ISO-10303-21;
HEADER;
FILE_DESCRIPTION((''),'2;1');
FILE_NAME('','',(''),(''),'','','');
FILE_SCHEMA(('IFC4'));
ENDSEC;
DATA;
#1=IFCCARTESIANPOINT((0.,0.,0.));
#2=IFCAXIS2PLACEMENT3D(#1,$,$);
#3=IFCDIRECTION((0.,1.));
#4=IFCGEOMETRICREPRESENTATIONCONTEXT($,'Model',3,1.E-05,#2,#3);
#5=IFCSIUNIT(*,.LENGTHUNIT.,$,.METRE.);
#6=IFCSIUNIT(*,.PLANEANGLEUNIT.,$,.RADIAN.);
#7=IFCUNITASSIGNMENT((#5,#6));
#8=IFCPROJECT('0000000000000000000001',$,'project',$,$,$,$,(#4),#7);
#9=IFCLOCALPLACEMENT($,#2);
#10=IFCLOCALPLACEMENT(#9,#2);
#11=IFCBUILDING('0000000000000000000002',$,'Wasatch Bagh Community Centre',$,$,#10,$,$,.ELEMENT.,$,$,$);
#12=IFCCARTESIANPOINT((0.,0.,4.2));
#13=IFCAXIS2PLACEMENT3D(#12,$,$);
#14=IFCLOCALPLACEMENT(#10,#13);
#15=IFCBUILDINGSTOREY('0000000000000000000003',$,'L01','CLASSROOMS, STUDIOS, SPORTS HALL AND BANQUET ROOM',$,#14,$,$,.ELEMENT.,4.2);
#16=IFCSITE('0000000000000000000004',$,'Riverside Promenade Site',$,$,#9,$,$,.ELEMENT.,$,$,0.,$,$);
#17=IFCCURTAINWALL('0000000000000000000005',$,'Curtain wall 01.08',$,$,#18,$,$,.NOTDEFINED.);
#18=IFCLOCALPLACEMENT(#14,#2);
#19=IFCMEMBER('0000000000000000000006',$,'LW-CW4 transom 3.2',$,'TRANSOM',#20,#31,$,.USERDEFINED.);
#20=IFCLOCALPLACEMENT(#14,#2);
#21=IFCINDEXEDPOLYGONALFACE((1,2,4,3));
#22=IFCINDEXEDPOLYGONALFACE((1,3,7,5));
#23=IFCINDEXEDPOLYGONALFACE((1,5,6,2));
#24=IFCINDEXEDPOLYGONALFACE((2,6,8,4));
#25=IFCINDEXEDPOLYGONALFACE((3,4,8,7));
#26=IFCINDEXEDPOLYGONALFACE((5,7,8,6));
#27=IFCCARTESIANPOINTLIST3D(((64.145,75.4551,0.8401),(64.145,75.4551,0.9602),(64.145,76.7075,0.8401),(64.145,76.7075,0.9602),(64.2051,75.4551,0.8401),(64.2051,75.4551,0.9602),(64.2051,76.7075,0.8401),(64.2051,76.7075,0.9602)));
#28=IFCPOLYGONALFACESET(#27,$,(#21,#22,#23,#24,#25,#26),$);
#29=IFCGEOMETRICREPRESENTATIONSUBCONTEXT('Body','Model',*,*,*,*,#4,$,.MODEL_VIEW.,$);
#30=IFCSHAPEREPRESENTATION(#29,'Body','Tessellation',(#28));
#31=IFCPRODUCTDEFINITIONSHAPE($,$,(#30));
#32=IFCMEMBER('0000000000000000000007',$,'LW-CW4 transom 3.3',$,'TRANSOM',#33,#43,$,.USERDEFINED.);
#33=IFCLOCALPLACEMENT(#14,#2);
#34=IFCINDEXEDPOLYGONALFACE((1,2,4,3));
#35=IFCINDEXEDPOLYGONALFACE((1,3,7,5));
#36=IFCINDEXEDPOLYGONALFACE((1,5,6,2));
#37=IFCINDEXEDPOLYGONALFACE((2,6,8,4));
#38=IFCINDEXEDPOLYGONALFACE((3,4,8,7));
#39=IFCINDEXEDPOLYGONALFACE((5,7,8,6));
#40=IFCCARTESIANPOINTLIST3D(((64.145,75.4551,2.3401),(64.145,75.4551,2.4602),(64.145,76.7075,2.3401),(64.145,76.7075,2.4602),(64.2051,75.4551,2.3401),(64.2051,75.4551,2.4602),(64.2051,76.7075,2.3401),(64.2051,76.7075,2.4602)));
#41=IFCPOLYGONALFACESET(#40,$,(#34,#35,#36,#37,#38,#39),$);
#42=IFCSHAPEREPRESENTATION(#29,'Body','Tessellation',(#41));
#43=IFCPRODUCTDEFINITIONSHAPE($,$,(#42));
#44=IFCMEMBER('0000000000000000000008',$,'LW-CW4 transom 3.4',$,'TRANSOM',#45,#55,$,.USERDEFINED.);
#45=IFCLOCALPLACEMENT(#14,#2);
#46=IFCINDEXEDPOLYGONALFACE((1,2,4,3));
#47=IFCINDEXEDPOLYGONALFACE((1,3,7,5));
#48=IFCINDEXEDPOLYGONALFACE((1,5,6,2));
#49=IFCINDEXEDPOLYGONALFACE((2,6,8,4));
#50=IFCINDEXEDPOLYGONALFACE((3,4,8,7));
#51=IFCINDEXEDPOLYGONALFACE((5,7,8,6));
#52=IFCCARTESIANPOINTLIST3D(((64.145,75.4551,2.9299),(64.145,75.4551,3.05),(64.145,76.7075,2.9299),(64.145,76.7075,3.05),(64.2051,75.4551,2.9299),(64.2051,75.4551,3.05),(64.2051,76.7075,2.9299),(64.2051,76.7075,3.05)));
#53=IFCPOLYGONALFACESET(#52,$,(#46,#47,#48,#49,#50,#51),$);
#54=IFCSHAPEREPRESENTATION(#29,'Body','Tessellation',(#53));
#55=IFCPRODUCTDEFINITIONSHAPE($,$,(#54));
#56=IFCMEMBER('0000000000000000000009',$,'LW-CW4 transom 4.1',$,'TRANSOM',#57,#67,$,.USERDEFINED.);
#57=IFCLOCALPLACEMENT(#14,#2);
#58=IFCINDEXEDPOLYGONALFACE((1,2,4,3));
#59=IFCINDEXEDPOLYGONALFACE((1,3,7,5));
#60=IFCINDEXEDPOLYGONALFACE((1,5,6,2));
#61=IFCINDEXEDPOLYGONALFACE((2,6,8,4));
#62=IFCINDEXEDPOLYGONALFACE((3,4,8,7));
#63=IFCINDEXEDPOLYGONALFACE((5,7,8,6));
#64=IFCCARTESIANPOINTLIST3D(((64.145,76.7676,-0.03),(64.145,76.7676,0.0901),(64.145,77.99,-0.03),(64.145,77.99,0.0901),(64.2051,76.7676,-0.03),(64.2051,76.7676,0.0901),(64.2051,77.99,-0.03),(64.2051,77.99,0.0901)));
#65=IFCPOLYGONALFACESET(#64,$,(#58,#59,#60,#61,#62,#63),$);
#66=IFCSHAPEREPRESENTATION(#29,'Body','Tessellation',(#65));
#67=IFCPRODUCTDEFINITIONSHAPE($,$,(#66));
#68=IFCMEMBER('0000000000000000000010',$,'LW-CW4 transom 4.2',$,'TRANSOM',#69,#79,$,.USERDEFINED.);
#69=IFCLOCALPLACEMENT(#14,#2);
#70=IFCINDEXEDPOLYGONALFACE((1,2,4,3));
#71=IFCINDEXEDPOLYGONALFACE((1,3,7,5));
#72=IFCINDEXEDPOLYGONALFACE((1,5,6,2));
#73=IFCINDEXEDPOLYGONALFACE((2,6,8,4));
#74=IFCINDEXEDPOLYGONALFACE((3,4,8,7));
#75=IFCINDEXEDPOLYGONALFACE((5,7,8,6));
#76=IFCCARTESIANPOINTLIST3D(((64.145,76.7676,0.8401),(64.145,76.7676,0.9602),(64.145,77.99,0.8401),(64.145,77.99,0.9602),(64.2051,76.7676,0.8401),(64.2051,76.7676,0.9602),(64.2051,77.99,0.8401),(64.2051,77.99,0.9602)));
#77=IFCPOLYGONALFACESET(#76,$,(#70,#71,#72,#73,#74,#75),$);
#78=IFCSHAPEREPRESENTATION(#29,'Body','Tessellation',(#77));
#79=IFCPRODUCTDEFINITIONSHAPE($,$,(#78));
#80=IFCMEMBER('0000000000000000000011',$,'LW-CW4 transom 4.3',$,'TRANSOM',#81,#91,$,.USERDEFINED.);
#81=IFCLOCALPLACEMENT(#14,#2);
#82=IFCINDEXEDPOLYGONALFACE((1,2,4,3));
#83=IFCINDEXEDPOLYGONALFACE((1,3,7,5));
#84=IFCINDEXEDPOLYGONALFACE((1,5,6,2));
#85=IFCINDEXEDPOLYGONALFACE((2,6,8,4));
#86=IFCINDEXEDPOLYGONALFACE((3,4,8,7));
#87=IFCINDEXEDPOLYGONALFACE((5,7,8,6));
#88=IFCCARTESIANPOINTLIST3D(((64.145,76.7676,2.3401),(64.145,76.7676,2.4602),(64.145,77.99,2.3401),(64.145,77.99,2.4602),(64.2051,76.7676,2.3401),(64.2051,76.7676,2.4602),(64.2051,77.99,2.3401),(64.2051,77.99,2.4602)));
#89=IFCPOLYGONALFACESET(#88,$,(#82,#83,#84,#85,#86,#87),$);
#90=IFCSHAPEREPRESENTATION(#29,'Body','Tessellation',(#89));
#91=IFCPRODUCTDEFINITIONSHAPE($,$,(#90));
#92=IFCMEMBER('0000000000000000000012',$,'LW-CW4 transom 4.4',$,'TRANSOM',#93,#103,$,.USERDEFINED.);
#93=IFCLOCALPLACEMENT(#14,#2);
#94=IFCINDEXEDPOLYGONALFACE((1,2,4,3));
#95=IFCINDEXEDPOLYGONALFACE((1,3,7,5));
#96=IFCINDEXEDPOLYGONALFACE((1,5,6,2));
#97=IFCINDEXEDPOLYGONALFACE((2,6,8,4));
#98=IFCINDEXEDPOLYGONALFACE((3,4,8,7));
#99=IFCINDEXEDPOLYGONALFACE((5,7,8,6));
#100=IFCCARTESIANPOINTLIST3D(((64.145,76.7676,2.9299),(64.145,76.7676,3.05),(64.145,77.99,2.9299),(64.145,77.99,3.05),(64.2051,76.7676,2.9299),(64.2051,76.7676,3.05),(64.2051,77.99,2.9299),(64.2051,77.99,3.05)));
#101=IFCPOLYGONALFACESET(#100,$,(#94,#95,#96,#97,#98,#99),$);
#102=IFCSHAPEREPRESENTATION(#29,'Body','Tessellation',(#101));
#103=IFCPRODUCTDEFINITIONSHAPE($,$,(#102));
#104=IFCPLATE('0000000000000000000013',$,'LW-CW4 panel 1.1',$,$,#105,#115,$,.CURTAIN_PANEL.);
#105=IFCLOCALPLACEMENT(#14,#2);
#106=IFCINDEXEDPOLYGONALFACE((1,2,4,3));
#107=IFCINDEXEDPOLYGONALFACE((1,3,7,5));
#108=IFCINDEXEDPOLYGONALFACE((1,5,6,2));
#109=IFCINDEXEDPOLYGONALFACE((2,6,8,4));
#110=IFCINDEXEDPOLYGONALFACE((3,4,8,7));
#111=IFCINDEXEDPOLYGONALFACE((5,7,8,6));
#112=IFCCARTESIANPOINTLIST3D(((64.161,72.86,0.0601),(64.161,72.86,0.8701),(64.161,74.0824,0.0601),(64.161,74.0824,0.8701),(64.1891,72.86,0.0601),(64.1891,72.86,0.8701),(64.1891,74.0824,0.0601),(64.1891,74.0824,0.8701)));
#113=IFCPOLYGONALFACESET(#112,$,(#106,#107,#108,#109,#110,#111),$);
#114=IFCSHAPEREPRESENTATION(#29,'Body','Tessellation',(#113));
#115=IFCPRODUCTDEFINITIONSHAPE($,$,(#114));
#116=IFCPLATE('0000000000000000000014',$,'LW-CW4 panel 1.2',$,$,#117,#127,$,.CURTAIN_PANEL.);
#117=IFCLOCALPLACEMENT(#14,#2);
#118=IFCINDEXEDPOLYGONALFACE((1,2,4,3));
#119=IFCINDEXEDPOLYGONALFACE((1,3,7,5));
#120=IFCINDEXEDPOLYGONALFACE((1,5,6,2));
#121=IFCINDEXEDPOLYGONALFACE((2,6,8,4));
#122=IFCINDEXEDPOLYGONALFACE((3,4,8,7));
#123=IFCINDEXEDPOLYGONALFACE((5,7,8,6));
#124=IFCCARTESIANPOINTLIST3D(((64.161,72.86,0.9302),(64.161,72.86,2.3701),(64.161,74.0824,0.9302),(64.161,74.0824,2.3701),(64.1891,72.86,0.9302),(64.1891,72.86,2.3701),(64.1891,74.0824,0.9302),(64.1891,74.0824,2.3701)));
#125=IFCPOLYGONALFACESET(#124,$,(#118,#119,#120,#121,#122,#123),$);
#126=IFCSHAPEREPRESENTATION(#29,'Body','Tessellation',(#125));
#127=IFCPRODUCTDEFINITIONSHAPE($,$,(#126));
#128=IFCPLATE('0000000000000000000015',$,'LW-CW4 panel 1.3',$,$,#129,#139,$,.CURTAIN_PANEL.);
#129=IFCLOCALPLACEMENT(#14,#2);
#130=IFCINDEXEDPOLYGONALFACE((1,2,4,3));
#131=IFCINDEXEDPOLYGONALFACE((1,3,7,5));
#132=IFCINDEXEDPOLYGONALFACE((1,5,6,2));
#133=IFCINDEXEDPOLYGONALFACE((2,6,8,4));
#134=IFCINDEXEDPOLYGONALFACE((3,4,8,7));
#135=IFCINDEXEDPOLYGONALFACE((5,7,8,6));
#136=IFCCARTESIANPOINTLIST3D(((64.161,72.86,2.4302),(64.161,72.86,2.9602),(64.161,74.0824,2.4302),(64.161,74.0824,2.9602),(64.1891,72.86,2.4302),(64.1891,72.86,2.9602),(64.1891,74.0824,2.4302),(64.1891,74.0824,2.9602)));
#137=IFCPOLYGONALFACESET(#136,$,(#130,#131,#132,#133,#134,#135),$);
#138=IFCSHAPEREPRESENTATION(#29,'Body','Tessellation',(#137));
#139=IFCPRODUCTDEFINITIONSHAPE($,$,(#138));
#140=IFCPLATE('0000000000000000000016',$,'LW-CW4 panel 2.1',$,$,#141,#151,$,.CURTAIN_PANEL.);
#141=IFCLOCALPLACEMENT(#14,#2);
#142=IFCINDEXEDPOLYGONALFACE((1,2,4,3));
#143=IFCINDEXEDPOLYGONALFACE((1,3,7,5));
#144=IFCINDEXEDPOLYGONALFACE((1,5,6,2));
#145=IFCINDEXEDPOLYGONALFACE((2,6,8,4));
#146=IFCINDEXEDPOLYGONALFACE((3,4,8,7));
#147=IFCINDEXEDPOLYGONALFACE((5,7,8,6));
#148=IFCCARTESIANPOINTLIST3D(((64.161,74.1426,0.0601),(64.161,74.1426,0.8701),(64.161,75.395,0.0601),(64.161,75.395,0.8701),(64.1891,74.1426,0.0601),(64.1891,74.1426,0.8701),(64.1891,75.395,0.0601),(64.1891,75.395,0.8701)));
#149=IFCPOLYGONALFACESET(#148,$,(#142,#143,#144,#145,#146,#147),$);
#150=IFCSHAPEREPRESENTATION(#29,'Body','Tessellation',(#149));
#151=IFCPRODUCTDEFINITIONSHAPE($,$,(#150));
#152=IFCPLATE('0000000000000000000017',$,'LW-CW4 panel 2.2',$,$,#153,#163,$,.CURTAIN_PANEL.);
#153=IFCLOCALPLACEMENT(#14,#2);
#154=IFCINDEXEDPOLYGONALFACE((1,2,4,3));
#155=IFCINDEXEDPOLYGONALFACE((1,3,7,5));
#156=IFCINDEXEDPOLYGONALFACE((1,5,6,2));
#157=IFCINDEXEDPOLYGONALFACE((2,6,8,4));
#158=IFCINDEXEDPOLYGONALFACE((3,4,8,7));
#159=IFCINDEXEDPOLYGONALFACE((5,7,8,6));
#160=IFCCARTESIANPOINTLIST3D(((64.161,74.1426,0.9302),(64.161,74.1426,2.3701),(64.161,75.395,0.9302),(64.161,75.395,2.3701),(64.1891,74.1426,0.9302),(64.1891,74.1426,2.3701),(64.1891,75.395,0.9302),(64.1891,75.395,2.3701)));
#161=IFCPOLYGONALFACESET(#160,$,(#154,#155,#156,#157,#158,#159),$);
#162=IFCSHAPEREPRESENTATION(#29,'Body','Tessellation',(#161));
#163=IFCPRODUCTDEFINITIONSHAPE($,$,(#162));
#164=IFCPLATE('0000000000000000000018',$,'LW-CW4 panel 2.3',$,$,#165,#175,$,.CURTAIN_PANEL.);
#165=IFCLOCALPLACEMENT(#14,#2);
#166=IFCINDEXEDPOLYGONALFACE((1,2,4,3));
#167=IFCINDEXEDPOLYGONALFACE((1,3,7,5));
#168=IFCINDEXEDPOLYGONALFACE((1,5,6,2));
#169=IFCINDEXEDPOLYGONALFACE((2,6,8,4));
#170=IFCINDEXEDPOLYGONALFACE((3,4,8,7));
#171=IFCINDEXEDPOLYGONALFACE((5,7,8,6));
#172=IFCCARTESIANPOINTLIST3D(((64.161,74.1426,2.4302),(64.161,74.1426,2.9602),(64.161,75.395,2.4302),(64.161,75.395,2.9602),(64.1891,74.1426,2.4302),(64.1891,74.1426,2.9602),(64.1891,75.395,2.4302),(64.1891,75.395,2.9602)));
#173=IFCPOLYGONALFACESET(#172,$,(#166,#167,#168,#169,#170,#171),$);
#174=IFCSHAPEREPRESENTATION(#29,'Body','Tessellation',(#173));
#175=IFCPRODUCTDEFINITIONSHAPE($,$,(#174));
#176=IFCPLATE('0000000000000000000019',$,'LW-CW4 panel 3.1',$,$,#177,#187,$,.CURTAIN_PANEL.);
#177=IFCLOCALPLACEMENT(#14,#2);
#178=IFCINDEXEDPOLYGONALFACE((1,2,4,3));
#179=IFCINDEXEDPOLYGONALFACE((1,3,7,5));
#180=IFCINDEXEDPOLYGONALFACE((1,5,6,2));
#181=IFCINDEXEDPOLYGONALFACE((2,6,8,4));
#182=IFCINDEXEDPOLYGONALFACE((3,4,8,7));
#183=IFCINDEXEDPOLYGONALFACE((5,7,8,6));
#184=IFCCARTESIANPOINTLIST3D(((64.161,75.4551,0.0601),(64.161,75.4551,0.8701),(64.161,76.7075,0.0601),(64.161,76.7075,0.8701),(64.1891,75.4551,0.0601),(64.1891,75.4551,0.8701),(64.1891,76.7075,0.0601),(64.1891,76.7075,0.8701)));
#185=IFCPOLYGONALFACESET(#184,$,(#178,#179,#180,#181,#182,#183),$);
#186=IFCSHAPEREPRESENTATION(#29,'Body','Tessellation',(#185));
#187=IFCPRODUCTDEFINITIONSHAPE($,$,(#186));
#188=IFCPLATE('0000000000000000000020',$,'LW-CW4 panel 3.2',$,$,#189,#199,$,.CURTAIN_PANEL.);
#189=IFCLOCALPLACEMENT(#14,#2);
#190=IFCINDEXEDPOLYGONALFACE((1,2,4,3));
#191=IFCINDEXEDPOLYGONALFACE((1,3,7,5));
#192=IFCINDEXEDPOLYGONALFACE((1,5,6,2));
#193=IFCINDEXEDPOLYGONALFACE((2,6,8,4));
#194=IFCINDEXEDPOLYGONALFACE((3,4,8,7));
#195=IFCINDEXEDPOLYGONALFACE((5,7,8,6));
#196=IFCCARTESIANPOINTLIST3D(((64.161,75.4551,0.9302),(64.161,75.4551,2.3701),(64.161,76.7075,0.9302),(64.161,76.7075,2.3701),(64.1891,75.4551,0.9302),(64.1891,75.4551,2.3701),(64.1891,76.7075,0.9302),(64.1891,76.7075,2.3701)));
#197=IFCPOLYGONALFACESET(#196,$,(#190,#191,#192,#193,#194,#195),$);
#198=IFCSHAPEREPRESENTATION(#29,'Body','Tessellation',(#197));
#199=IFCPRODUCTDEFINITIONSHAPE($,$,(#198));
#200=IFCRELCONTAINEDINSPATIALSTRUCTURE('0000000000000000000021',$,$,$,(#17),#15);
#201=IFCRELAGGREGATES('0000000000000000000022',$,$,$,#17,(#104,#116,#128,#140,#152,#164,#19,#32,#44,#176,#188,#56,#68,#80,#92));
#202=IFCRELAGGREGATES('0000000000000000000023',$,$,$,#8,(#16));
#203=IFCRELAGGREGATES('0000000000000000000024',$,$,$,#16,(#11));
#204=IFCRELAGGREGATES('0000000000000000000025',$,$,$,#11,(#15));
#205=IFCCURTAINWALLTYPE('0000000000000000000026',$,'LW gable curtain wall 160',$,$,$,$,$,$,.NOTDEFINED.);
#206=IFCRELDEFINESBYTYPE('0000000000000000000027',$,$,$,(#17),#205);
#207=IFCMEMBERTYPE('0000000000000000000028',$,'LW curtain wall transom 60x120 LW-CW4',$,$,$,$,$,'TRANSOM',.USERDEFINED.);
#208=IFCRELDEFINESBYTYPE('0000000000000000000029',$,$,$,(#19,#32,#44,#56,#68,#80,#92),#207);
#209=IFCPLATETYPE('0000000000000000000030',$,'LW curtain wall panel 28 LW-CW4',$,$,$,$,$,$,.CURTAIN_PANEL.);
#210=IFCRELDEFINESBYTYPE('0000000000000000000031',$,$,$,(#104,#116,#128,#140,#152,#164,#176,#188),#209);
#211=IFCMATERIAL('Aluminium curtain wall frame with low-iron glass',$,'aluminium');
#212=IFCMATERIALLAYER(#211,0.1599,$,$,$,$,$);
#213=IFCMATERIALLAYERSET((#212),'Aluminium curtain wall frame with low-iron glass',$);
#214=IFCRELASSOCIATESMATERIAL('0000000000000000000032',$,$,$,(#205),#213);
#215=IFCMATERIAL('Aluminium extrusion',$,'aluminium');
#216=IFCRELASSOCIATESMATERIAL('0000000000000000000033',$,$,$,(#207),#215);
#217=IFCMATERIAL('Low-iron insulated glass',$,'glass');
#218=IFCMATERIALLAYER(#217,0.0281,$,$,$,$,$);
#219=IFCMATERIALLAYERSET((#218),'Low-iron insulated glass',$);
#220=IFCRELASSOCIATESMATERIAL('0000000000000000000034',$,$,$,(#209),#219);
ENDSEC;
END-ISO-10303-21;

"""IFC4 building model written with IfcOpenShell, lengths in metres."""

from ifc_helpers import new_model, si_unit, direction, frame, origin, origin_2d, place, context, subcontext, project, spatial, rectangle, extrude, material, layer, layer_set, material_profile, profile_set, type_object, element, aggregate, save


model = new_model("IFC4")

# Units and contexts
model_context = context("Model", 3, precision=1e-05, world=origin(), true_north=direction((0.0, 1.0)))
body_context = subcontext(model_context, "Body", "Model", "MODEL_VIEW")
ifc_project = project(units=[si_unit("LENGTHUNIT", "METRE"), si_unit("PLANEANGLEUNIT", "RADIAN")], contexts=[model_context])

# Site, building, storey
site_placement = place(None, origin())
site = spatial("IfcSite", under=ifc_project, at=site_placement, Name="Riverside Promenade Site", CompositionType="ELEMENT", RefElevation=0.0)
building_placement = place(site_placement, origin())
building = spatial("IfcBuilding", under=site, at=building_placement, Name="Wasatch Bagh Community Centre", CompositionType="ELEMENT")
storey_placement = place(building_placement, frame((0.0, 0.0, 4.2)))
storey = spatial("IfcBuildingStorey", under=building, at=storey_placement, Name="L01", Description="CLASSROOMS, STUDIOS, SPORTS HALL AND BANQUET ROOM", CompositionType="ELEMENT", Elevation=4.2)

# Curtain wall, members, plates
ifc_material_1 = material(Name="Aluminium curtain wall frame with low-iron glass", Category="aluminium")
ifc_layer_1 = layer(ifc_material_1, 0.1599)
ifc_layer_set_1 = layer_set([ifc_layer_1], Name="Aluminium curtain wall frame with low-iron glass")
curtain_wall_type = type_object("IfcCurtainWallType", Name="LW gable curtain wall 160", PredefinedType="NOTDEFINED", material=ifc_layer_set_1)
curtain_wall_placement = place(storey_placement, origin())
curtain_wall = element("IfcCurtainWall", 1, at=curtain_wall_placement, inside=storey, type_object=curtain_wall_type, Name="Curtain wall 01.08", PredefinedType="NOTDEFINED")
ifc_material_2 = material(Name="Aluminium extrusion", Category="aluminium")
ifc_material_profile_1 = material_profile(ifc_material_2, rectangle(XDim=0.0601, YDim=0.1201, at=origin_2d()), Name="AL 60x120")
ifc_profile_set_1 = profile_set([ifc_material_profile_1], Name="Aluminium extrusion")
member_type_1 = type_object("IfcMemberType", Name="LW curtain wall transom 60x120 LW-CW4", ElementType="TRANSOM", PredefinedType="USERDEFINED", material=ifc_profile_set_1)
member_1_placement = place(storey_placement, frame((64.175, 75.4551, 0.9001), z_axis=(0.0, 1.0, 0.0), x_axis=(-1.0, 0.0, 0.0)))
member_1 = element("IfcMember", 2, at=member_1_placement, type_object=member_type_1, Name="LW-CW4 transom 3.2", ObjectType="TRANSOM", PredefinedType="USERDEFINED", context=body_context, shape_type="SweptSolid", body=[
    extrude(rectangle(XDim=0.0601, YDim=0.1201, at=origin_2d()), origin(), (0.0, 0.0, 1.0), 1.2524),
])
member_2_placement = place(storey_placement, frame((64.175, 75.4551, 2.4001), z_axis=(0.0, 1.0, 0.0), x_axis=(-1.0, 0.0, 0.0)))
member_2 = element("IfcMember", 3, at=member_2_placement, type_object=member_type_1, Name="LW-CW4 transom 3.3", ObjectType="TRANSOM", PredefinedType="USERDEFINED", context=body_context, shape_type="SweptSolid", body=[
    extrude(rectangle(XDim=0.0601, YDim=0.1201, at=origin_2d()), origin(), (0.0, 0.0, 1.0), 1.2524),
])
member_3_placement = place(storey_placement, frame((64.175, 75.4551, 2.99), z_axis=(0.0, 1.0, 0.0), x_axis=(-1.0, 0.0, 0.0)))
member_3 = element("IfcMember", 4, at=member_3_placement, type_object=member_type_1, Name="LW-CW4 transom 3.4", ObjectType="TRANSOM", PredefinedType="USERDEFINED", context=body_context, shape_type="SweptSolid", body=[
    extrude(rectangle(XDim=0.0601, YDim=0.1201, at=origin_2d()), origin(), (0.0, 0.0, 1.0), 1.2524),
])
member_4_placement = place(storey_placement, frame((64.175, 76.7676, 0.03), z_axis=(0.0, 1.0, 0.0), x_axis=(-1.0, 0.0, 0.0)))
member_4 = element("IfcMember", 5, at=member_4_placement, type_object=member_type_1, Name="LW-CW4 transom 4.1", ObjectType="TRANSOM", PredefinedType="USERDEFINED", context=body_context, shape_type="SweptSolid", body=[
    extrude(rectangle(XDim=0.0601, YDim=0.1201, at=origin_2d()), origin(), (0.0, 0.0, 1.0), 1.2224),
])
member_5_placement = place(storey_placement, frame((64.175, 76.7676, 0.9001), z_axis=(0.0, 1.0, 0.0), x_axis=(-1.0, 0.0, 0.0)))
member_5 = element("IfcMember", 6, at=member_5_placement, type_object=member_type_1, Name="LW-CW4 transom 4.2", ObjectType="TRANSOM", PredefinedType="USERDEFINED", context=body_context, shape_type="SweptSolid", body=[
    extrude(rectangle(XDim=0.0601, YDim=0.1201, at=origin_2d()), origin(), (0.0, 0.0, 1.0), 1.2224),
])
member_6_placement = place(storey_placement, frame((64.175, 76.7676, 2.4001), z_axis=(0.0, 1.0, 0.0), x_axis=(-1.0, 0.0, 0.0)))
member_6 = element("IfcMember", 7, at=member_6_placement, type_object=member_type_1, Name="LW-CW4 transom 4.3", ObjectType="TRANSOM", PredefinedType="USERDEFINED", context=body_context, shape_type="SweptSolid", body=[
    extrude(rectangle(XDim=0.0601, YDim=0.1201, at=origin_2d()), origin(), (0.0, 0.0, 1.0), 1.2224),
])
member_7_placement = place(storey_placement, frame((64.175, 76.7676, 2.99), z_axis=(0.0, 1.0, 0.0), x_axis=(-1.0, 0.0, 0.0)))
member_7 = element("IfcMember", 8, at=member_7_placement, type_object=member_type_1, Name="LW-CW4 transom 4.4", ObjectType="TRANSOM", PredefinedType="USERDEFINED", context=body_context, shape_type="SweptSolid", body=[
    extrude(rectangle(XDim=0.0601, YDim=0.1201, at=origin_2d()), origin(), (0.0, 0.0, 1.0), 1.2224),
])
ifc_material_3 = material(Name="Low-iron insulated glass", Category="glass")
ifc_layer_2 = layer(ifc_material_3, 0.0281)
ifc_layer_set_2 = layer_set([ifc_layer_2], Name="Low-iron insulated glass")
plate_type = type_object("IfcPlateType", Name="LW curtain wall panel 28 LW-CW4", PredefinedType="CURTAIN_PANEL", material=ifc_layer_set_2)
plate_1_placement = place(storey_placement, frame((64.175, 73.4712, 0.0601), z_axis=(0.0, 0.0, 1.0), x_axis=(0.0, 1.0, 0.0)))
plate_1 = element("IfcPlate", 9, at=plate_1_placement, type_object=plate_type, Name="LW-CW4 panel 1.1", PredefinedType="CURTAIN_PANEL", context=body_context, shape_type="SweptSolid", body=[
    extrude(rectangle(XDim=1.2224, YDim=0.0281, at=origin_2d()), origin(), (0.0, 0.0, 1.0), 0.8101),
])
plate_2_placement = place(storey_placement, frame((64.175, 73.4712, 0.9302), z_axis=(0.0, 0.0, 1.0), x_axis=(0.0, 1.0, 0.0)))
plate_2 = element("IfcPlate", 10, at=plate_2_placement, type_object=plate_type, Name="LW-CW4 panel 1.2", PredefinedType="CURTAIN_PANEL", context=body_context, shape_type="SweptSolid", body=[
    extrude(rectangle(XDim=1.2224, YDim=0.0281, at=origin_2d()), origin(), (0.0, 0.0, 1.0), 1.4399),
])
plate_3_placement = place(storey_placement, frame((64.175, 73.4712, 2.4302), z_axis=(0.0, 0.0, 1.0), x_axis=(0.0, 1.0, 0.0)))
plate_3 = element("IfcPlate", 11, at=plate_3_placement, type_object=plate_type, Name="LW-CW4 panel 1.3", PredefinedType="CURTAIN_PANEL", context=body_context, shape_type="SweptSolid", body=[
    extrude(rectangle(XDim=1.2224, YDim=0.0281, at=origin_2d()), origin(), (0.0, 0.0, 1.0), 0.53),
])
plate_4_placement = place(storey_placement, frame((64.175, 74.7688, 0.0601), z_axis=(0.0, 0.0, 1.0), x_axis=(0.0, 1.0, 0.0)))
plate_4 = element("IfcPlate", 12, at=plate_4_placement, type_object=plate_type, Name="LW-CW4 panel 2.1", PredefinedType="CURTAIN_PANEL", context=body_context, shape_type="SweptSolid", body=[
    extrude(rectangle(XDim=1.2524, YDim=0.0281, at=origin_2d()), origin(), (0.0, 0.0, 1.0), 0.8101),
])
plate_5_placement = place(storey_placement, frame((64.175, 74.7688, 0.9302), z_axis=(0.0, 0.0, 1.0), x_axis=(0.0, 1.0, 0.0)))
plate_5 = element("IfcPlate", 13, at=plate_5_placement, type_object=plate_type, Name="LW-CW4 panel 2.2", PredefinedType="CURTAIN_PANEL", context=body_context, shape_type="SweptSolid", body=[
    extrude(rectangle(XDim=1.2524, YDim=0.0281, at=origin_2d()), origin(), (0.0, 0.0, 1.0), 1.4399),
])
plate_6_placement = place(storey_placement, frame((64.175, 74.7688, 2.4302), z_axis=(0.0, 0.0, 1.0), x_axis=(0.0, 1.0, 0.0)))
plate_6 = element("IfcPlate", 14, at=plate_6_placement, type_object=plate_type, Name="LW-CW4 panel 2.3", PredefinedType="CURTAIN_PANEL", context=body_context, shape_type="SweptSolid", body=[
    extrude(rectangle(XDim=1.2524, YDim=0.0281, at=origin_2d()), origin(), (0.0, 0.0, 1.0), 0.53),
])
plate_7_placement = place(storey_placement, frame((64.175, 76.0813, 0.0601), z_axis=(0.0, 0.0, 1.0), x_axis=(0.0, 1.0, 0.0)))
plate_7 = element("IfcPlate", 15, at=plate_7_placement, type_object=plate_type, Name="LW-CW4 panel 3.1", PredefinedType="CURTAIN_PANEL", context=body_context, shape_type="SweptSolid", body=[
    extrude(rectangle(XDim=1.2524, YDim=0.0281, at=origin_2d()), origin(), (0.0, 0.0, 1.0), 0.8101),
])
plate_8_placement = place(storey_placement, frame((64.175, 76.0813, 0.9302), z_axis=(0.0, 0.0, 1.0), x_axis=(0.0, 1.0, 0.0)))
plate_8 = element("IfcPlate", 16, at=plate_8_placement, type_object=plate_type, Name="LW-CW4 panel 3.2", PredefinedType="CURTAIN_PANEL", context=body_context, shape_type="SweptSolid", body=[
    extrude(rectangle(XDim=1.2524, YDim=0.0281, at=origin_2d()), origin(), (0.0, 0.0, 1.0), 1.4399),
])
aggregate(curtain_wall, [plate_1, plate_2, plate_3, plate_4, plate_5, plate_6, member_1, member_2, member_3, plate_7, plate_8, member_4, member_5, member_6, member_7])

save(model, "model.ifc")
